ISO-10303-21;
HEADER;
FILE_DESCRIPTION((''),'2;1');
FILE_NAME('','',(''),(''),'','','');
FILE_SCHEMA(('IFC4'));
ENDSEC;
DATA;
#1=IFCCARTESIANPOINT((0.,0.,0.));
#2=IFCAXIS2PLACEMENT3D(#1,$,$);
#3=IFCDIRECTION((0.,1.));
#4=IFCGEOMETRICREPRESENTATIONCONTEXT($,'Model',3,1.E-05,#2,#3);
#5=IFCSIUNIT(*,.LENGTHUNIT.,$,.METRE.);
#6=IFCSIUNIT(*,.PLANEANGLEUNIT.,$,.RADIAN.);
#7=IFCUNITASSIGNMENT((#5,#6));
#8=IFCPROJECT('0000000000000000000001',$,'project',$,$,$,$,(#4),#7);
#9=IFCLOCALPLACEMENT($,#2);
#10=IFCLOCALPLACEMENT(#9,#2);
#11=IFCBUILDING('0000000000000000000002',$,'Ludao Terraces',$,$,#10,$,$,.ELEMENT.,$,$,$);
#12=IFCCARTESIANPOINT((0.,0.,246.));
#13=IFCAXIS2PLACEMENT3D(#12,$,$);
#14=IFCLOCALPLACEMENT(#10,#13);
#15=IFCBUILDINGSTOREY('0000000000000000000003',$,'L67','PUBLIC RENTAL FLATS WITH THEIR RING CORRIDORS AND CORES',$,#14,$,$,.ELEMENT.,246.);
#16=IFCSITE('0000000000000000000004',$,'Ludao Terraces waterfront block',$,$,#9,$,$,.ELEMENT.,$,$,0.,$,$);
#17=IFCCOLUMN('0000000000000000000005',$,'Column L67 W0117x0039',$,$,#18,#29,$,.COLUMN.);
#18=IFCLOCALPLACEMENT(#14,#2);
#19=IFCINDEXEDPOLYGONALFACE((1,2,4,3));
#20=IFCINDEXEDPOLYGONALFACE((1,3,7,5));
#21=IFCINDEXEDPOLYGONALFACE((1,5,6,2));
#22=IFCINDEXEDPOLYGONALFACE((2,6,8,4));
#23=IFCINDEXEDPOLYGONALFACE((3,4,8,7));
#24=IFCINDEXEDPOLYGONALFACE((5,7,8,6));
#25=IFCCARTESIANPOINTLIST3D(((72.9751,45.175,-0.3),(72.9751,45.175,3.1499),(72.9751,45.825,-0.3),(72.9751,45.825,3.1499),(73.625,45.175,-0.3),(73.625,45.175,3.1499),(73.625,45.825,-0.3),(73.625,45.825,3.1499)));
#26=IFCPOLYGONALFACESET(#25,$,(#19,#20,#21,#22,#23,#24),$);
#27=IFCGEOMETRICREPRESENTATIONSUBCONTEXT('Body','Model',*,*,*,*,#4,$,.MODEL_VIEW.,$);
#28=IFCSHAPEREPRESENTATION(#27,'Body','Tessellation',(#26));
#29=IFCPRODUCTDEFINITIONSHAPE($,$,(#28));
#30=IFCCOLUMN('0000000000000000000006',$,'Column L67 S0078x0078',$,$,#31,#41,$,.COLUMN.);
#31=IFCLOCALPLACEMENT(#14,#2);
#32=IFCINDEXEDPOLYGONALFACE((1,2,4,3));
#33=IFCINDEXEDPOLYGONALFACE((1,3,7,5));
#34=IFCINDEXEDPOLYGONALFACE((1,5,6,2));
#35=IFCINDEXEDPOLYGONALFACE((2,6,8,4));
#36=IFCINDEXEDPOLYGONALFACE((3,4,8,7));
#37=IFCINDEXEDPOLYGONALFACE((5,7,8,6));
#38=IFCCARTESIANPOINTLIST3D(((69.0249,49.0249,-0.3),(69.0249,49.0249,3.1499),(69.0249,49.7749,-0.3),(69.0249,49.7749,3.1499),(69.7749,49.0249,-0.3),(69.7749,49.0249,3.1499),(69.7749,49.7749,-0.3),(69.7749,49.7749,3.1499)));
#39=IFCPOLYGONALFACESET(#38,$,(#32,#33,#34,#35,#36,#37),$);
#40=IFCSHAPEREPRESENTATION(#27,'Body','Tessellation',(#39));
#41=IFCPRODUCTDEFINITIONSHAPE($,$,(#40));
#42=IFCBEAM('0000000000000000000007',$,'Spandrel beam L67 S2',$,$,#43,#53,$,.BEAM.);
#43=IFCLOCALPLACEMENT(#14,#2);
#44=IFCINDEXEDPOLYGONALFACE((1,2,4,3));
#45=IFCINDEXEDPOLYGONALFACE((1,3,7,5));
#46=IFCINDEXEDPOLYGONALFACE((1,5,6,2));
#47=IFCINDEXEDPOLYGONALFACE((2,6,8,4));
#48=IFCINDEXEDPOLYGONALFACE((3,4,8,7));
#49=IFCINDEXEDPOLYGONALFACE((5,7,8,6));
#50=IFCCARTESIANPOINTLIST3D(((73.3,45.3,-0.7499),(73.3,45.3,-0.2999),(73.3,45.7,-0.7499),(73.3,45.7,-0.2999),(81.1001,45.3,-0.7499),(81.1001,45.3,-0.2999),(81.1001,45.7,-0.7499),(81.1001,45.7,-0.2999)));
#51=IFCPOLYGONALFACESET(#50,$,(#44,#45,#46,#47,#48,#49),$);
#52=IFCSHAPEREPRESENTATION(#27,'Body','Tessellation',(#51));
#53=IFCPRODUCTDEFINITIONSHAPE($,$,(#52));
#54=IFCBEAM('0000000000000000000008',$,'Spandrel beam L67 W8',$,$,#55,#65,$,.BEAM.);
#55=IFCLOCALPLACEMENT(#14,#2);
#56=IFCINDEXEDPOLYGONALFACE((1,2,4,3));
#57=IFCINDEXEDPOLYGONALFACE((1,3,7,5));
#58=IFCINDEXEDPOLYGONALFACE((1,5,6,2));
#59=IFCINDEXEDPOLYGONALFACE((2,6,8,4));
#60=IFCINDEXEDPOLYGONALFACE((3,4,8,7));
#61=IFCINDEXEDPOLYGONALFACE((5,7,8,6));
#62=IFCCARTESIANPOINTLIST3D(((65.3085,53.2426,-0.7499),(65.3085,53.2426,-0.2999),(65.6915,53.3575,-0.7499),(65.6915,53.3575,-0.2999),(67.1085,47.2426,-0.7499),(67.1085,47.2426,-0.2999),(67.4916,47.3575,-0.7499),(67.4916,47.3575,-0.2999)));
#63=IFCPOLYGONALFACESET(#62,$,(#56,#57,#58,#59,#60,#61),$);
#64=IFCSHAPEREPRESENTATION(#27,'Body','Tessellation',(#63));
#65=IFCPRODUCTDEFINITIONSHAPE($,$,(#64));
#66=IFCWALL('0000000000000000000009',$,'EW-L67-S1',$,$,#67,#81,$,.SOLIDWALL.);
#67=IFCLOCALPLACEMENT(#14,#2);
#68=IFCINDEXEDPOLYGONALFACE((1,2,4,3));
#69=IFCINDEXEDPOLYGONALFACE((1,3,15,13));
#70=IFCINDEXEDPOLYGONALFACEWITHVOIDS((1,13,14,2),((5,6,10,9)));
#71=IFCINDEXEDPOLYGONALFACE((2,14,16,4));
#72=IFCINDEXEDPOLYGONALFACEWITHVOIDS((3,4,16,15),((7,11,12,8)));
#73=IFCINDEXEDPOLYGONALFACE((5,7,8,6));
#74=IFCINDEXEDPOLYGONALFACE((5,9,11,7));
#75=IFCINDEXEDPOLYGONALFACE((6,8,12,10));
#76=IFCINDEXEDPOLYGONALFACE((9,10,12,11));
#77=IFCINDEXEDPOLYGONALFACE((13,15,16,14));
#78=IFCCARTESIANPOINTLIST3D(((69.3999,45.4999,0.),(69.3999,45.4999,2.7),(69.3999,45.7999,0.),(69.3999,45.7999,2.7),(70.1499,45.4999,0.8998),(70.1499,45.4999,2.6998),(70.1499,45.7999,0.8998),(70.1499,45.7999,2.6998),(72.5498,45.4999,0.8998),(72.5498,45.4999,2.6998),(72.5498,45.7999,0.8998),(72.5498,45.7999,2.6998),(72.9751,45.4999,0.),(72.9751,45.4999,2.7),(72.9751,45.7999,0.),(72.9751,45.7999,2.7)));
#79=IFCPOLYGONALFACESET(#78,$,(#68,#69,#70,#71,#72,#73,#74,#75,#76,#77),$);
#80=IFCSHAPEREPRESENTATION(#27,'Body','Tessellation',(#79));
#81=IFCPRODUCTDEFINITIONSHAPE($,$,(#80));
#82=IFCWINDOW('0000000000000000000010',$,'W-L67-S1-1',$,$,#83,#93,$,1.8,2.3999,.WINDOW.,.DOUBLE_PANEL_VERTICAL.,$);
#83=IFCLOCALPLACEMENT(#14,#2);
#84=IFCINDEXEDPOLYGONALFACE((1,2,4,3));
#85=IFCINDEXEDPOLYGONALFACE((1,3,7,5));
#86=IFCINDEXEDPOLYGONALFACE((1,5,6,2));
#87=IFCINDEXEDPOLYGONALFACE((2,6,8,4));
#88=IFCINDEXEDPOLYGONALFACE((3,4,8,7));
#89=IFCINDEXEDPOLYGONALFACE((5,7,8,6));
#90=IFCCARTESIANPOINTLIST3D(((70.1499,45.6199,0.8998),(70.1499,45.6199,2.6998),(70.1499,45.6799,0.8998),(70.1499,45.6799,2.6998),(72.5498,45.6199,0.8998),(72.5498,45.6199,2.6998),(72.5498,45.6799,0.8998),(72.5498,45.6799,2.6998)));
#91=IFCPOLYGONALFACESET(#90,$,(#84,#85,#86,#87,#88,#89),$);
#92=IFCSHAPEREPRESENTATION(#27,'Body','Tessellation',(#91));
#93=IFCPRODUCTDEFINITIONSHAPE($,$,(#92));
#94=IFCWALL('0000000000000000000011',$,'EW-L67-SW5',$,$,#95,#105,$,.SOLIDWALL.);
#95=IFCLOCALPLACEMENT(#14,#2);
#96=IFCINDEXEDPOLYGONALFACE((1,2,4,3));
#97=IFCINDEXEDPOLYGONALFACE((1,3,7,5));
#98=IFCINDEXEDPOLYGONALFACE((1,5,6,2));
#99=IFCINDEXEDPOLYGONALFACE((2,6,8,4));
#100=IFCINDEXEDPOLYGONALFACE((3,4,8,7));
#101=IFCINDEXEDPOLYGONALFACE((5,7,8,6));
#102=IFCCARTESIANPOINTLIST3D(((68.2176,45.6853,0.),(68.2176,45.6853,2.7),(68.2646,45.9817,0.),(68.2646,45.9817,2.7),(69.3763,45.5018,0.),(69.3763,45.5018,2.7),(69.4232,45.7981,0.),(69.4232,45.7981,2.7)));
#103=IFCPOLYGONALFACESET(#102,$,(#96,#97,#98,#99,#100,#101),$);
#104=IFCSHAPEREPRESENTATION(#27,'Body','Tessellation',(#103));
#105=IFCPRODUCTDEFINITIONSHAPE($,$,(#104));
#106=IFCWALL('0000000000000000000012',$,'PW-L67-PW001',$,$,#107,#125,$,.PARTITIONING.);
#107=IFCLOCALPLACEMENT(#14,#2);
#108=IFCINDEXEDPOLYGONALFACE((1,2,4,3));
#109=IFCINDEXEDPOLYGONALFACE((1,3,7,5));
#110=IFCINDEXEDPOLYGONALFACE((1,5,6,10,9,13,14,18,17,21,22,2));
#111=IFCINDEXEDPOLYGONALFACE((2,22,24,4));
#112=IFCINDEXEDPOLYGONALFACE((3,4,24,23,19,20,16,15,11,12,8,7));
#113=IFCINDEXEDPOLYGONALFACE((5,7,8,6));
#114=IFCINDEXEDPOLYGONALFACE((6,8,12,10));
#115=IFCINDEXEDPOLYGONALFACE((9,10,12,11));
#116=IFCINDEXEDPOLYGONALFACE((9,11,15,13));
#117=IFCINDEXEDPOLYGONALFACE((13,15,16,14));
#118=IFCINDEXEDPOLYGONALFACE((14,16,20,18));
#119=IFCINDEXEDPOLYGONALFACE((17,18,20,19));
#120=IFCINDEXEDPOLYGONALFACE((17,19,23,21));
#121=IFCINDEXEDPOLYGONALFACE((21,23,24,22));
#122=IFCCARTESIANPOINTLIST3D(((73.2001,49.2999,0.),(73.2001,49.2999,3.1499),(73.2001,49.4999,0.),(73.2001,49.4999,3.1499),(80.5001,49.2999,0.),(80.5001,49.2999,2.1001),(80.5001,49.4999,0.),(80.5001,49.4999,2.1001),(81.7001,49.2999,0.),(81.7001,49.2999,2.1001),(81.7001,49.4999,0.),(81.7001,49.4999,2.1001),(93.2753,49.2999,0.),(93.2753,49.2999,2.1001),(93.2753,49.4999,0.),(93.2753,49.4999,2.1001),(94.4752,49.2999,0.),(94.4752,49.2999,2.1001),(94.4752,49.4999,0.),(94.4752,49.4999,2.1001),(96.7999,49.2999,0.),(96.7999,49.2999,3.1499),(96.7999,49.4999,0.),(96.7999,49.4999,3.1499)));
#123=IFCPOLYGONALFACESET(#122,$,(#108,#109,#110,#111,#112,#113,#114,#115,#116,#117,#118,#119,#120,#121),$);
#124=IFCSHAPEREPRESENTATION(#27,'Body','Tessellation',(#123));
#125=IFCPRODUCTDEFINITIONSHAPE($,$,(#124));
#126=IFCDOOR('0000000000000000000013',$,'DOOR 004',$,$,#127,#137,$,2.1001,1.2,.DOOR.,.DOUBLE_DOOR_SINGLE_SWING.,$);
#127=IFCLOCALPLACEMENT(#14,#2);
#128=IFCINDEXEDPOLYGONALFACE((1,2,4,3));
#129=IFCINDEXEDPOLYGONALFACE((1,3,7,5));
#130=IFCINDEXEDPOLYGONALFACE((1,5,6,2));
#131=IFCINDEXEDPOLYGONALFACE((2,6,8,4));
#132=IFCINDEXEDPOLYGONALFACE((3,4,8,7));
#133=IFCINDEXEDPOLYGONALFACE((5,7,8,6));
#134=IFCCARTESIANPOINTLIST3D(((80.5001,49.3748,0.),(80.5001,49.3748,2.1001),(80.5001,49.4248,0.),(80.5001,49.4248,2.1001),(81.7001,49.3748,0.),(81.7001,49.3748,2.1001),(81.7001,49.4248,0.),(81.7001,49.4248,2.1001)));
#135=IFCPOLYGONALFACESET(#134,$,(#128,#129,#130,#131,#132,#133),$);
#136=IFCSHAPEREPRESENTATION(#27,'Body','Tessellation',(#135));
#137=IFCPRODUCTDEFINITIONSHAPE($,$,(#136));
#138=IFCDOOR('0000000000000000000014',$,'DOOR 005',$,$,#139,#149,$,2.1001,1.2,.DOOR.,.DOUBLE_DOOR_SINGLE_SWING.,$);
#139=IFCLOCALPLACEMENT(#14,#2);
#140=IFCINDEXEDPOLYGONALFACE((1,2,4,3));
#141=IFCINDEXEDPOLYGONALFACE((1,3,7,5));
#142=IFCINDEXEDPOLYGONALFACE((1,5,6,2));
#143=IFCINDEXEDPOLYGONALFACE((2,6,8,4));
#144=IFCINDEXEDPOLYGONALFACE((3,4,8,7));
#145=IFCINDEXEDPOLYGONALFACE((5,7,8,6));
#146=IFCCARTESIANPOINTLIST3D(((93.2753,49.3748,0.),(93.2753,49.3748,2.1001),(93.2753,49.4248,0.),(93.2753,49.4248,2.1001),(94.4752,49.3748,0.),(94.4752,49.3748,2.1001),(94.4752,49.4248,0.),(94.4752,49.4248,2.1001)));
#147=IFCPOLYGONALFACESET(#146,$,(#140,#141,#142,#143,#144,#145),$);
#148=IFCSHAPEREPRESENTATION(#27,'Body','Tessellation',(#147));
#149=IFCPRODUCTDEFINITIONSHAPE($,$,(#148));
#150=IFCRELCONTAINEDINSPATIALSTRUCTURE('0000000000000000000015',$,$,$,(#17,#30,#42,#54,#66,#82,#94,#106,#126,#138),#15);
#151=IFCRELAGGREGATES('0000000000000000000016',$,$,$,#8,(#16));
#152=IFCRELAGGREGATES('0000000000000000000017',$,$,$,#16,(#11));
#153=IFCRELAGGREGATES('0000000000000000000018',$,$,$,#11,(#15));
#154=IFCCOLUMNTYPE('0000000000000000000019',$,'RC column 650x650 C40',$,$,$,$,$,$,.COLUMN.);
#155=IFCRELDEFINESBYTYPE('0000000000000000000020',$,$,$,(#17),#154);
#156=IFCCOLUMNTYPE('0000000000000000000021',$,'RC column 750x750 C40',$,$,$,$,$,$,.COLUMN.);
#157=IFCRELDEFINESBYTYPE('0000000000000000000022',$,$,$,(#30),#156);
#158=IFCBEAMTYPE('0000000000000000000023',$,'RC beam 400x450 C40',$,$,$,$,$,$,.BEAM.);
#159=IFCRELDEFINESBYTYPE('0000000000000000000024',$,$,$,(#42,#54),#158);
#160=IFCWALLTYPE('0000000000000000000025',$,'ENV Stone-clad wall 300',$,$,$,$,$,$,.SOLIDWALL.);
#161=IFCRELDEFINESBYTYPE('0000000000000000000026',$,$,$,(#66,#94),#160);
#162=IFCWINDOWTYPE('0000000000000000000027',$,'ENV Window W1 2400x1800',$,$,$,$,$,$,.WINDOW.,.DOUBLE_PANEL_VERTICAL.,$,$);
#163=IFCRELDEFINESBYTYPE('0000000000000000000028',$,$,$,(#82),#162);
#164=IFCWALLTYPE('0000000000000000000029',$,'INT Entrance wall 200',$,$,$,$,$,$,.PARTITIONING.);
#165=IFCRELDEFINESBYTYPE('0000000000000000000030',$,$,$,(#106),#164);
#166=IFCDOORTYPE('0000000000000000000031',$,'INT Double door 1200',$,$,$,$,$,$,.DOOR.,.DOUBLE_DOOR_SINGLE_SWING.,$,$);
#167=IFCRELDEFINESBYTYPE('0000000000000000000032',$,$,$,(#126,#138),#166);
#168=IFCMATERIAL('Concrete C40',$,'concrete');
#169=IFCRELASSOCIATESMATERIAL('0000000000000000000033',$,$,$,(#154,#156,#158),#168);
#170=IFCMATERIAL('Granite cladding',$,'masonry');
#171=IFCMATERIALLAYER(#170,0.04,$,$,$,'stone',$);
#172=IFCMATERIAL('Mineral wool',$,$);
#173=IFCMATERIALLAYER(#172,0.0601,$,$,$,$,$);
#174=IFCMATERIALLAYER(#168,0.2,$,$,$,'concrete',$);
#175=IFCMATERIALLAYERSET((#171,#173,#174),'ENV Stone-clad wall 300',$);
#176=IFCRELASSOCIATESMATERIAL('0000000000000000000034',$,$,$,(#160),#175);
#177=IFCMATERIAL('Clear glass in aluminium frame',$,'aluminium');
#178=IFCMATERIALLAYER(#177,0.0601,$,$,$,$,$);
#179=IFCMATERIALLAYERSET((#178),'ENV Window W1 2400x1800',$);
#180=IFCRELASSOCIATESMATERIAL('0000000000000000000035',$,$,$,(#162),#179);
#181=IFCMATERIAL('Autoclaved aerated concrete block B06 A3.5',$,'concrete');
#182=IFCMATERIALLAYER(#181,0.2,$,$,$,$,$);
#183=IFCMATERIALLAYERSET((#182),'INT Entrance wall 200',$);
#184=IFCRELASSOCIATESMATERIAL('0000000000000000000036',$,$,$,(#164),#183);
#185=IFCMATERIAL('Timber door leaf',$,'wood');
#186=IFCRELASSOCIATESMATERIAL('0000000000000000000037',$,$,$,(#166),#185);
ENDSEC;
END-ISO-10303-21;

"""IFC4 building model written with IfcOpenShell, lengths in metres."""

from ifc_helpers import new_model, si_unit, direction, frame, frame_2d, origin, origin_2d, place, context, subcontext, project, spatial, rectangle, extrude, material, layer, layer_set, material_profile, profile_set, type_object, element, fill, save


model = new_model("IFC4")

# Units and contexts
model_context = context("Model", 3, precision=1e-05, world=origin(), true_north=direction((0.0, 1.0)))
body_context = subcontext(model_context, "Body", "Model", "MODEL_VIEW")
ifc_project = project(units=[si_unit("LENGTHUNIT", "METRE"), si_unit("PLANEANGLEUNIT", "RADIAN")], contexts=[model_context])

# Site, building, storey
site_placement = place(None, origin())
site = spatial("IfcSite", under=ifc_project, at=site_placement, Name="Ludao Terraces waterfront block", CompositionType="ELEMENT", RefElevation=0.0)
building_placement = place(site_placement, origin())
building = spatial("IfcBuilding", under=site, at=building_placement, Name="Ludao Terraces", CompositionType="ELEMENT")
storey_placement = place(building_placement, frame((0.0, 0.0, 246.0)))
storey = spatial("IfcBuildingStorey", under=building, at=storey_placement, Name="L67", Description="PUBLIC RENTAL FLATS WITH THEIR RING CORRIDORS AND CORES", CompositionType="ELEMENT", Elevation=246.0)

# Columns
ifc_material_1 = material(Name="Concrete C40", Category="concrete")
ifc_material_profile_1 = material_profile(ifc_material_1, rectangle(XDim=0.6499, YDim=0.6499, at=origin_2d()), Name="650 X 650")
ifc_profile_set_1 = profile_set([ifc_material_profile_1], Name="Concrete C40")
column_type_1 = type_object("IfcColumnType", Name="RC column 650x650 C40", PredefinedType="COLUMN", material=ifc_profile_set_1)
column_1_placement = place(storey_placement, frame((73.3, 45.5, -0.3), z_axis=(0.0, 0.0, 1.0), x_axis=(1.0, 0.0, 0.0)))
element("IfcColumn", 1, at=column_1_placement, inside=storey, type_object=column_type_1, Name="Column L67 W0117x0039", PredefinedType="COLUMN", context=body_context, shape_type="SweptSolid", body=[
    extrude(rectangle(XDim=0.6499, YDim=0.6499, at=origin_2d()), origin(), (0.0, 0.0, 1.0), 3.45),
])
ifc_material_profile_2 = material_profile(ifc_material_1, rectangle(XDim=0.75, YDim=0.75, at=origin_2d()), Name="750 X 750")
ifc_profile_set_2 = profile_set([ifc_material_profile_2], Name="Concrete C40")
column_type_2 = type_object("IfcColumnType", Name="RC column 750x750 C40", PredefinedType="COLUMN", material=ifc_profile_set_2)
column_2_placement = place(storey_placement, frame((69.3999, 49.3999, -0.3), z_axis=(0.0, 0.0, 1.0), x_axis=(1.0, 0.0, 0.0)))
element("IfcColumn", 2, at=column_2_placement, inside=storey, type_object=column_type_2, Name="Column L67 S0078x0078", PredefinedType="COLUMN", context=body_context, shape_type="SweptSolid", body=[
    extrude(rectangle(XDim=0.75, YDim=0.75, at=origin_2d()), origin(), (0.0, 0.0, 1.0), 3.45),
])

# Beams
ifc_material_profile_3 = material_profile(ifc_material_1, rectangle(XDim=0.3999, YDim=0.45, at=origin_2d()), Name="400 X 450")
ifc_profile_set_3 = profile_set([ifc_material_profile_3], Name="Concrete C40")
beam_type = type_object("IfcBeamType", Name="RC beam 400x450 C40", PredefinedType="BEAM", material=ifc_profile_set_3)
beam_1_placement = place(storey_placement, frame((73.3, 45.5, -0.5249), z_axis=(1.0, 0.0, 0.0), x_axis=(0.0, 1.0, 0.0)))
element("IfcBeam", 3, at=beam_1_placement, inside=storey, type_object=beam_type, Name="Spandrel beam L67 S2", PredefinedType="BEAM", context=body_context, shape_type="SweptSolid", body=[
    extrude(rectangle(XDim=0.3999, YDim=0.45, at=origin_2d()), origin(), (0.0, 0.0, 1.0), 7.8),
])
beam_2_placement = place(storey_placement, frame((67.3, 47.3, -0.5249), z_axis=(-0.287355, 0.957824, 0.0), x_axis=(-0.957824, -0.287355, 0.0)))
element("IfcBeam", 4, at=beam_2_placement, inside=storey, type_object=beam_type, Name="Spandrel beam L67 W8", PredefinedType="BEAM", context=body_context, shape_type="SweptSolid", body=[
    extrude(rectangle(XDim=0.3999, YDim=0.45, at=origin_2d()), origin(), (0.0, 0.0, 1.0), 6.2642),
])

# Wall, opening, window
ifc_material_2 = material(Name="Granite cladding", Category="masonry")
ifc_layer_1 = layer(ifc_material_2, 0.04, Category="stone")
ifc_material_3 = material(Name="Mineral wool")
ifc_layer_2 = layer(ifc_material_3, 0.0601)
ifc_layer_3 = layer(ifc_material_1, 0.2, Category="concrete")
ifc_layer_set_1 = layer_set([ifc_layer_1, ifc_layer_2, ifc_layer_3], Name="ENV Stone-clad wall 300")
wall_type_1 = type_object("IfcWallType", Name="ENV Stone-clad wall 300", PredefinedType="SOLIDWALL", material=ifc_layer_set_1)
wall_1_placement = place(storey_placement, frame((69.3999, 45.6499, 0.0), z_axis=(0.0, 0.0, 1.0), x_axis=(1.0, 0.0, 0.0)))
wall_1 = element("IfcWall", 5, at=wall_1_placement, inside=storey, type_object=wall_type_1, Name="EW-L67-S1", PredefinedType="SOLIDWALL", context=body_context, shape_type="SweptSolid", body=[
    extrude(rectangle(XDim=3.5752, YDim=0.3, at=frame_2d((1.7876, 0.0))), origin(), (0.0, 0.0, 1.0), 2.7),
])
opening_1_placement = place(wall_1_placement, frame((0.75, 0.0, 0.8999)))
opening_1 = element("IfcOpeningElement", 6, at=opening_1_placement, cuts=wall_1, PredefinedType="OPENING", context=body_context, shape_type="SweptSolid", body=[
    extrude(rectangle(XDim=2.3999, YDim=1.8, at=frame_2d((1.2, 0.8999))), frame((0.0, 0.1602, 0.0), z_axis=(0.0, -1.0, 0.0), x_axis=(1.0, 0.0, 0.0)), (0.0, 0.0, 1.0), 0.3201),
])
ifc_material_4 = material(Name="Clear glass in aluminium frame", Category="aluminium")
ifc_layer_4 = layer(ifc_material_4, 0.0601)
ifc_layer_set_2 = layer_set([ifc_layer_4], Name="ENV Window W1 2400x1800")
window_type = type_object("IfcWindowType", Name="ENV Window W1 2400x1800", PartitioningType="DOUBLE_PANEL_VERTICAL", PredefinedType="WINDOW", material=ifc_layer_set_2)
window_placement = place(opening_1_placement, origin())
window = element("IfcWindow", 7, at=window_placement, inside=storey, type_object=window_type, Name="W-L67-S1-1", OverallHeight=1.8, OverallWidth=2.3999, PartitioningType="DOUBLE_PANEL_VERTICAL", PredefinedType="WINDOW", context=body_context, shape_type="SweptSolid", body=[
    extrude(rectangle(XDim=2.3999, YDim=1.8, at=frame_2d((1.2, 0.8999))), frame((0.0, 0.03, 0.0), z_axis=(0.0, -1.0, 0.0), x_axis=(1.0, 0.0, 0.0)), (0.0, 0.0, 1.0), 0.0601),
])
fill(opening_1, window)

# Wall
wall_2_placement = place(storey_placement, frame((68.2412, 45.8335, 0.0), z_axis=(0.0, 0.0, 1.0), x_axis=(0.987678, -0.156497, 0.0)))
element("IfcWall", 8, at=wall_2_placement, inside=storey, type_object=wall_type_1, Name="EW-L67-SW5", PredefinedType="SOLIDWALL", context=body_context, shape_type="SweptSolid", body=[
    extrude(rectangle(XDim=1.1731, YDim=0.3, at=frame_2d((0.5864, 0.0))), origin(), (0.0, 0.0, 1.0), 2.7),
])

# Wall, openings, doors
ifc_material_5 = material(Name="Autoclaved aerated concrete block B06 A3.5", Category="concrete")
ifc_layer_5 = layer(ifc_material_5, 0.2)
ifc_layer_set_3 = layer_set([ifc_layer_5], Name="INT Entrance wall 200")
wall_type_2 = type_object("IfcWallType", Name="INT Entrance wall 200", PredefinedType="PARTITIONING", material=ifc_layer_set_3)
wall_3_placement = place(storey_placement, frame((73.2002, 49.3999, 0.0), z_axis=(0.0, 0.0, 1.0), x_axis=(1.0, 0.0, 0.0)))
wall_3 = element("IfcWall", 9, at=wall_3_placement, inside=storey, type_object=wall_type_2, Name="PW-L67-PW001", PredefinedType="PARTITIONING", context=body_context, shape_type="SweptSolid", body=[
    extrude(rectangle(XDim=23.5999, YDim=0.2, at=frame_2d((11.7998, 0.0))), origin(), (0.0, 0.0, 1.0), 3.1499),
])
opening_2_placement = place(wall_3_placement, frame((7.2998, 0.0, 0.0)))
opening_2 = element("IfcOpeningElement", 10, at=opening_2_placement, cuts=wall_3, PredefinedType="OPENING", context=body_context, shape_type="SweptSolid", body=[
    extrude(rectangle(XDim=1.2, YDim=2.1001, at=frame_2d((0.6001, 1.05))), frame((0.0, 0.1099, 0.0), z_axis=(0.0, -1.0, 0.0), x_axis=(1.0, 0.0, 0.0)), (0.0, 0.0, 1.0), 0.22),
])
opening_3_placement = place(wall_3_placement, frame((20.075, 0.0, 0.0)))
opening_3 = element("IfcOpeningElement", 11, at=opening_3_placement, cuts=wall_3, PredefinedType="OPENING", context=body_context, shape_type="SweptSolid", body=[
    extrude(rectangle(XDim=1.2, YDim=2.1001, at=frame_2d((0.6001, 1.05))), frame((0.0, 0.1099, 0.0), z_axis=(0.0, -1.0, 0.0), x_axis=(1.0, 0.0, 0.0)), (0.0, 0.0, 1.0), 0.22),
])
ifc_material_6 = material(Name="Timber door leaf", Category="wood")
door_type_1 = type_object("IfcDoorType", Name="INT Double door 1200", OperationType="DOUBLE_DOOR_SINGLE_SWING", PredefinedType="DOOR", material=ifc_material_6)
door_1_placement = place(opening_2_placement, origin())
door_1 = element("IfcDoor", 12, at=door_1_placement, inside=storey, type_object=door_type_1, Name="DOOR 004", OperationType="DOUBLE_DOOR_SINGLE_SWING", OverallHeight=2.1001, OverallWidth=1.2, PredefinedType="DOOR", context=body_context, shape_type="SweptSolid", body=[
    extrude(rectangle(XDim=1.2, YDim=2.1001, at=frame_2d((0.6001, 1.05))), frame((0.0, 0.0249, 0.0), z_axis=(0.0, -1.0, 0.0), x_axis=(1.0, 0.0, 0.0)), (0.0, 0.0, 1.0), 0.05),
])
fill(opening_2, door_1)
door_2_placement = place(opening_3_placement, origin())
door_2 = element("IfcDoor", 13, at=door_2_placement, inside=storey, type_object=door_type_1, Name="DOOR 005", OperationType="DOUBLE_DOOR_SINGLE_SWING", OverallHeight=2.1001, OverallWidth=1.2, PredefinedType="DOOR", context=body_context, shape_type="SweptSolid", body=[
    extrude(rectangle(XDim=1.2, YDim=2.1001, at=frame_2d((0.6001, 1.05))), frame((0.0, 0.0249, 0.0), z_axis=(0.0, -1.0, 0.0), x_axis=(1.0, 0.0, 0.0)), (0.0, 0.0, 1.0), 0.05),
])
fill(opening_3, door_2)

save(model, "model.ifc")
